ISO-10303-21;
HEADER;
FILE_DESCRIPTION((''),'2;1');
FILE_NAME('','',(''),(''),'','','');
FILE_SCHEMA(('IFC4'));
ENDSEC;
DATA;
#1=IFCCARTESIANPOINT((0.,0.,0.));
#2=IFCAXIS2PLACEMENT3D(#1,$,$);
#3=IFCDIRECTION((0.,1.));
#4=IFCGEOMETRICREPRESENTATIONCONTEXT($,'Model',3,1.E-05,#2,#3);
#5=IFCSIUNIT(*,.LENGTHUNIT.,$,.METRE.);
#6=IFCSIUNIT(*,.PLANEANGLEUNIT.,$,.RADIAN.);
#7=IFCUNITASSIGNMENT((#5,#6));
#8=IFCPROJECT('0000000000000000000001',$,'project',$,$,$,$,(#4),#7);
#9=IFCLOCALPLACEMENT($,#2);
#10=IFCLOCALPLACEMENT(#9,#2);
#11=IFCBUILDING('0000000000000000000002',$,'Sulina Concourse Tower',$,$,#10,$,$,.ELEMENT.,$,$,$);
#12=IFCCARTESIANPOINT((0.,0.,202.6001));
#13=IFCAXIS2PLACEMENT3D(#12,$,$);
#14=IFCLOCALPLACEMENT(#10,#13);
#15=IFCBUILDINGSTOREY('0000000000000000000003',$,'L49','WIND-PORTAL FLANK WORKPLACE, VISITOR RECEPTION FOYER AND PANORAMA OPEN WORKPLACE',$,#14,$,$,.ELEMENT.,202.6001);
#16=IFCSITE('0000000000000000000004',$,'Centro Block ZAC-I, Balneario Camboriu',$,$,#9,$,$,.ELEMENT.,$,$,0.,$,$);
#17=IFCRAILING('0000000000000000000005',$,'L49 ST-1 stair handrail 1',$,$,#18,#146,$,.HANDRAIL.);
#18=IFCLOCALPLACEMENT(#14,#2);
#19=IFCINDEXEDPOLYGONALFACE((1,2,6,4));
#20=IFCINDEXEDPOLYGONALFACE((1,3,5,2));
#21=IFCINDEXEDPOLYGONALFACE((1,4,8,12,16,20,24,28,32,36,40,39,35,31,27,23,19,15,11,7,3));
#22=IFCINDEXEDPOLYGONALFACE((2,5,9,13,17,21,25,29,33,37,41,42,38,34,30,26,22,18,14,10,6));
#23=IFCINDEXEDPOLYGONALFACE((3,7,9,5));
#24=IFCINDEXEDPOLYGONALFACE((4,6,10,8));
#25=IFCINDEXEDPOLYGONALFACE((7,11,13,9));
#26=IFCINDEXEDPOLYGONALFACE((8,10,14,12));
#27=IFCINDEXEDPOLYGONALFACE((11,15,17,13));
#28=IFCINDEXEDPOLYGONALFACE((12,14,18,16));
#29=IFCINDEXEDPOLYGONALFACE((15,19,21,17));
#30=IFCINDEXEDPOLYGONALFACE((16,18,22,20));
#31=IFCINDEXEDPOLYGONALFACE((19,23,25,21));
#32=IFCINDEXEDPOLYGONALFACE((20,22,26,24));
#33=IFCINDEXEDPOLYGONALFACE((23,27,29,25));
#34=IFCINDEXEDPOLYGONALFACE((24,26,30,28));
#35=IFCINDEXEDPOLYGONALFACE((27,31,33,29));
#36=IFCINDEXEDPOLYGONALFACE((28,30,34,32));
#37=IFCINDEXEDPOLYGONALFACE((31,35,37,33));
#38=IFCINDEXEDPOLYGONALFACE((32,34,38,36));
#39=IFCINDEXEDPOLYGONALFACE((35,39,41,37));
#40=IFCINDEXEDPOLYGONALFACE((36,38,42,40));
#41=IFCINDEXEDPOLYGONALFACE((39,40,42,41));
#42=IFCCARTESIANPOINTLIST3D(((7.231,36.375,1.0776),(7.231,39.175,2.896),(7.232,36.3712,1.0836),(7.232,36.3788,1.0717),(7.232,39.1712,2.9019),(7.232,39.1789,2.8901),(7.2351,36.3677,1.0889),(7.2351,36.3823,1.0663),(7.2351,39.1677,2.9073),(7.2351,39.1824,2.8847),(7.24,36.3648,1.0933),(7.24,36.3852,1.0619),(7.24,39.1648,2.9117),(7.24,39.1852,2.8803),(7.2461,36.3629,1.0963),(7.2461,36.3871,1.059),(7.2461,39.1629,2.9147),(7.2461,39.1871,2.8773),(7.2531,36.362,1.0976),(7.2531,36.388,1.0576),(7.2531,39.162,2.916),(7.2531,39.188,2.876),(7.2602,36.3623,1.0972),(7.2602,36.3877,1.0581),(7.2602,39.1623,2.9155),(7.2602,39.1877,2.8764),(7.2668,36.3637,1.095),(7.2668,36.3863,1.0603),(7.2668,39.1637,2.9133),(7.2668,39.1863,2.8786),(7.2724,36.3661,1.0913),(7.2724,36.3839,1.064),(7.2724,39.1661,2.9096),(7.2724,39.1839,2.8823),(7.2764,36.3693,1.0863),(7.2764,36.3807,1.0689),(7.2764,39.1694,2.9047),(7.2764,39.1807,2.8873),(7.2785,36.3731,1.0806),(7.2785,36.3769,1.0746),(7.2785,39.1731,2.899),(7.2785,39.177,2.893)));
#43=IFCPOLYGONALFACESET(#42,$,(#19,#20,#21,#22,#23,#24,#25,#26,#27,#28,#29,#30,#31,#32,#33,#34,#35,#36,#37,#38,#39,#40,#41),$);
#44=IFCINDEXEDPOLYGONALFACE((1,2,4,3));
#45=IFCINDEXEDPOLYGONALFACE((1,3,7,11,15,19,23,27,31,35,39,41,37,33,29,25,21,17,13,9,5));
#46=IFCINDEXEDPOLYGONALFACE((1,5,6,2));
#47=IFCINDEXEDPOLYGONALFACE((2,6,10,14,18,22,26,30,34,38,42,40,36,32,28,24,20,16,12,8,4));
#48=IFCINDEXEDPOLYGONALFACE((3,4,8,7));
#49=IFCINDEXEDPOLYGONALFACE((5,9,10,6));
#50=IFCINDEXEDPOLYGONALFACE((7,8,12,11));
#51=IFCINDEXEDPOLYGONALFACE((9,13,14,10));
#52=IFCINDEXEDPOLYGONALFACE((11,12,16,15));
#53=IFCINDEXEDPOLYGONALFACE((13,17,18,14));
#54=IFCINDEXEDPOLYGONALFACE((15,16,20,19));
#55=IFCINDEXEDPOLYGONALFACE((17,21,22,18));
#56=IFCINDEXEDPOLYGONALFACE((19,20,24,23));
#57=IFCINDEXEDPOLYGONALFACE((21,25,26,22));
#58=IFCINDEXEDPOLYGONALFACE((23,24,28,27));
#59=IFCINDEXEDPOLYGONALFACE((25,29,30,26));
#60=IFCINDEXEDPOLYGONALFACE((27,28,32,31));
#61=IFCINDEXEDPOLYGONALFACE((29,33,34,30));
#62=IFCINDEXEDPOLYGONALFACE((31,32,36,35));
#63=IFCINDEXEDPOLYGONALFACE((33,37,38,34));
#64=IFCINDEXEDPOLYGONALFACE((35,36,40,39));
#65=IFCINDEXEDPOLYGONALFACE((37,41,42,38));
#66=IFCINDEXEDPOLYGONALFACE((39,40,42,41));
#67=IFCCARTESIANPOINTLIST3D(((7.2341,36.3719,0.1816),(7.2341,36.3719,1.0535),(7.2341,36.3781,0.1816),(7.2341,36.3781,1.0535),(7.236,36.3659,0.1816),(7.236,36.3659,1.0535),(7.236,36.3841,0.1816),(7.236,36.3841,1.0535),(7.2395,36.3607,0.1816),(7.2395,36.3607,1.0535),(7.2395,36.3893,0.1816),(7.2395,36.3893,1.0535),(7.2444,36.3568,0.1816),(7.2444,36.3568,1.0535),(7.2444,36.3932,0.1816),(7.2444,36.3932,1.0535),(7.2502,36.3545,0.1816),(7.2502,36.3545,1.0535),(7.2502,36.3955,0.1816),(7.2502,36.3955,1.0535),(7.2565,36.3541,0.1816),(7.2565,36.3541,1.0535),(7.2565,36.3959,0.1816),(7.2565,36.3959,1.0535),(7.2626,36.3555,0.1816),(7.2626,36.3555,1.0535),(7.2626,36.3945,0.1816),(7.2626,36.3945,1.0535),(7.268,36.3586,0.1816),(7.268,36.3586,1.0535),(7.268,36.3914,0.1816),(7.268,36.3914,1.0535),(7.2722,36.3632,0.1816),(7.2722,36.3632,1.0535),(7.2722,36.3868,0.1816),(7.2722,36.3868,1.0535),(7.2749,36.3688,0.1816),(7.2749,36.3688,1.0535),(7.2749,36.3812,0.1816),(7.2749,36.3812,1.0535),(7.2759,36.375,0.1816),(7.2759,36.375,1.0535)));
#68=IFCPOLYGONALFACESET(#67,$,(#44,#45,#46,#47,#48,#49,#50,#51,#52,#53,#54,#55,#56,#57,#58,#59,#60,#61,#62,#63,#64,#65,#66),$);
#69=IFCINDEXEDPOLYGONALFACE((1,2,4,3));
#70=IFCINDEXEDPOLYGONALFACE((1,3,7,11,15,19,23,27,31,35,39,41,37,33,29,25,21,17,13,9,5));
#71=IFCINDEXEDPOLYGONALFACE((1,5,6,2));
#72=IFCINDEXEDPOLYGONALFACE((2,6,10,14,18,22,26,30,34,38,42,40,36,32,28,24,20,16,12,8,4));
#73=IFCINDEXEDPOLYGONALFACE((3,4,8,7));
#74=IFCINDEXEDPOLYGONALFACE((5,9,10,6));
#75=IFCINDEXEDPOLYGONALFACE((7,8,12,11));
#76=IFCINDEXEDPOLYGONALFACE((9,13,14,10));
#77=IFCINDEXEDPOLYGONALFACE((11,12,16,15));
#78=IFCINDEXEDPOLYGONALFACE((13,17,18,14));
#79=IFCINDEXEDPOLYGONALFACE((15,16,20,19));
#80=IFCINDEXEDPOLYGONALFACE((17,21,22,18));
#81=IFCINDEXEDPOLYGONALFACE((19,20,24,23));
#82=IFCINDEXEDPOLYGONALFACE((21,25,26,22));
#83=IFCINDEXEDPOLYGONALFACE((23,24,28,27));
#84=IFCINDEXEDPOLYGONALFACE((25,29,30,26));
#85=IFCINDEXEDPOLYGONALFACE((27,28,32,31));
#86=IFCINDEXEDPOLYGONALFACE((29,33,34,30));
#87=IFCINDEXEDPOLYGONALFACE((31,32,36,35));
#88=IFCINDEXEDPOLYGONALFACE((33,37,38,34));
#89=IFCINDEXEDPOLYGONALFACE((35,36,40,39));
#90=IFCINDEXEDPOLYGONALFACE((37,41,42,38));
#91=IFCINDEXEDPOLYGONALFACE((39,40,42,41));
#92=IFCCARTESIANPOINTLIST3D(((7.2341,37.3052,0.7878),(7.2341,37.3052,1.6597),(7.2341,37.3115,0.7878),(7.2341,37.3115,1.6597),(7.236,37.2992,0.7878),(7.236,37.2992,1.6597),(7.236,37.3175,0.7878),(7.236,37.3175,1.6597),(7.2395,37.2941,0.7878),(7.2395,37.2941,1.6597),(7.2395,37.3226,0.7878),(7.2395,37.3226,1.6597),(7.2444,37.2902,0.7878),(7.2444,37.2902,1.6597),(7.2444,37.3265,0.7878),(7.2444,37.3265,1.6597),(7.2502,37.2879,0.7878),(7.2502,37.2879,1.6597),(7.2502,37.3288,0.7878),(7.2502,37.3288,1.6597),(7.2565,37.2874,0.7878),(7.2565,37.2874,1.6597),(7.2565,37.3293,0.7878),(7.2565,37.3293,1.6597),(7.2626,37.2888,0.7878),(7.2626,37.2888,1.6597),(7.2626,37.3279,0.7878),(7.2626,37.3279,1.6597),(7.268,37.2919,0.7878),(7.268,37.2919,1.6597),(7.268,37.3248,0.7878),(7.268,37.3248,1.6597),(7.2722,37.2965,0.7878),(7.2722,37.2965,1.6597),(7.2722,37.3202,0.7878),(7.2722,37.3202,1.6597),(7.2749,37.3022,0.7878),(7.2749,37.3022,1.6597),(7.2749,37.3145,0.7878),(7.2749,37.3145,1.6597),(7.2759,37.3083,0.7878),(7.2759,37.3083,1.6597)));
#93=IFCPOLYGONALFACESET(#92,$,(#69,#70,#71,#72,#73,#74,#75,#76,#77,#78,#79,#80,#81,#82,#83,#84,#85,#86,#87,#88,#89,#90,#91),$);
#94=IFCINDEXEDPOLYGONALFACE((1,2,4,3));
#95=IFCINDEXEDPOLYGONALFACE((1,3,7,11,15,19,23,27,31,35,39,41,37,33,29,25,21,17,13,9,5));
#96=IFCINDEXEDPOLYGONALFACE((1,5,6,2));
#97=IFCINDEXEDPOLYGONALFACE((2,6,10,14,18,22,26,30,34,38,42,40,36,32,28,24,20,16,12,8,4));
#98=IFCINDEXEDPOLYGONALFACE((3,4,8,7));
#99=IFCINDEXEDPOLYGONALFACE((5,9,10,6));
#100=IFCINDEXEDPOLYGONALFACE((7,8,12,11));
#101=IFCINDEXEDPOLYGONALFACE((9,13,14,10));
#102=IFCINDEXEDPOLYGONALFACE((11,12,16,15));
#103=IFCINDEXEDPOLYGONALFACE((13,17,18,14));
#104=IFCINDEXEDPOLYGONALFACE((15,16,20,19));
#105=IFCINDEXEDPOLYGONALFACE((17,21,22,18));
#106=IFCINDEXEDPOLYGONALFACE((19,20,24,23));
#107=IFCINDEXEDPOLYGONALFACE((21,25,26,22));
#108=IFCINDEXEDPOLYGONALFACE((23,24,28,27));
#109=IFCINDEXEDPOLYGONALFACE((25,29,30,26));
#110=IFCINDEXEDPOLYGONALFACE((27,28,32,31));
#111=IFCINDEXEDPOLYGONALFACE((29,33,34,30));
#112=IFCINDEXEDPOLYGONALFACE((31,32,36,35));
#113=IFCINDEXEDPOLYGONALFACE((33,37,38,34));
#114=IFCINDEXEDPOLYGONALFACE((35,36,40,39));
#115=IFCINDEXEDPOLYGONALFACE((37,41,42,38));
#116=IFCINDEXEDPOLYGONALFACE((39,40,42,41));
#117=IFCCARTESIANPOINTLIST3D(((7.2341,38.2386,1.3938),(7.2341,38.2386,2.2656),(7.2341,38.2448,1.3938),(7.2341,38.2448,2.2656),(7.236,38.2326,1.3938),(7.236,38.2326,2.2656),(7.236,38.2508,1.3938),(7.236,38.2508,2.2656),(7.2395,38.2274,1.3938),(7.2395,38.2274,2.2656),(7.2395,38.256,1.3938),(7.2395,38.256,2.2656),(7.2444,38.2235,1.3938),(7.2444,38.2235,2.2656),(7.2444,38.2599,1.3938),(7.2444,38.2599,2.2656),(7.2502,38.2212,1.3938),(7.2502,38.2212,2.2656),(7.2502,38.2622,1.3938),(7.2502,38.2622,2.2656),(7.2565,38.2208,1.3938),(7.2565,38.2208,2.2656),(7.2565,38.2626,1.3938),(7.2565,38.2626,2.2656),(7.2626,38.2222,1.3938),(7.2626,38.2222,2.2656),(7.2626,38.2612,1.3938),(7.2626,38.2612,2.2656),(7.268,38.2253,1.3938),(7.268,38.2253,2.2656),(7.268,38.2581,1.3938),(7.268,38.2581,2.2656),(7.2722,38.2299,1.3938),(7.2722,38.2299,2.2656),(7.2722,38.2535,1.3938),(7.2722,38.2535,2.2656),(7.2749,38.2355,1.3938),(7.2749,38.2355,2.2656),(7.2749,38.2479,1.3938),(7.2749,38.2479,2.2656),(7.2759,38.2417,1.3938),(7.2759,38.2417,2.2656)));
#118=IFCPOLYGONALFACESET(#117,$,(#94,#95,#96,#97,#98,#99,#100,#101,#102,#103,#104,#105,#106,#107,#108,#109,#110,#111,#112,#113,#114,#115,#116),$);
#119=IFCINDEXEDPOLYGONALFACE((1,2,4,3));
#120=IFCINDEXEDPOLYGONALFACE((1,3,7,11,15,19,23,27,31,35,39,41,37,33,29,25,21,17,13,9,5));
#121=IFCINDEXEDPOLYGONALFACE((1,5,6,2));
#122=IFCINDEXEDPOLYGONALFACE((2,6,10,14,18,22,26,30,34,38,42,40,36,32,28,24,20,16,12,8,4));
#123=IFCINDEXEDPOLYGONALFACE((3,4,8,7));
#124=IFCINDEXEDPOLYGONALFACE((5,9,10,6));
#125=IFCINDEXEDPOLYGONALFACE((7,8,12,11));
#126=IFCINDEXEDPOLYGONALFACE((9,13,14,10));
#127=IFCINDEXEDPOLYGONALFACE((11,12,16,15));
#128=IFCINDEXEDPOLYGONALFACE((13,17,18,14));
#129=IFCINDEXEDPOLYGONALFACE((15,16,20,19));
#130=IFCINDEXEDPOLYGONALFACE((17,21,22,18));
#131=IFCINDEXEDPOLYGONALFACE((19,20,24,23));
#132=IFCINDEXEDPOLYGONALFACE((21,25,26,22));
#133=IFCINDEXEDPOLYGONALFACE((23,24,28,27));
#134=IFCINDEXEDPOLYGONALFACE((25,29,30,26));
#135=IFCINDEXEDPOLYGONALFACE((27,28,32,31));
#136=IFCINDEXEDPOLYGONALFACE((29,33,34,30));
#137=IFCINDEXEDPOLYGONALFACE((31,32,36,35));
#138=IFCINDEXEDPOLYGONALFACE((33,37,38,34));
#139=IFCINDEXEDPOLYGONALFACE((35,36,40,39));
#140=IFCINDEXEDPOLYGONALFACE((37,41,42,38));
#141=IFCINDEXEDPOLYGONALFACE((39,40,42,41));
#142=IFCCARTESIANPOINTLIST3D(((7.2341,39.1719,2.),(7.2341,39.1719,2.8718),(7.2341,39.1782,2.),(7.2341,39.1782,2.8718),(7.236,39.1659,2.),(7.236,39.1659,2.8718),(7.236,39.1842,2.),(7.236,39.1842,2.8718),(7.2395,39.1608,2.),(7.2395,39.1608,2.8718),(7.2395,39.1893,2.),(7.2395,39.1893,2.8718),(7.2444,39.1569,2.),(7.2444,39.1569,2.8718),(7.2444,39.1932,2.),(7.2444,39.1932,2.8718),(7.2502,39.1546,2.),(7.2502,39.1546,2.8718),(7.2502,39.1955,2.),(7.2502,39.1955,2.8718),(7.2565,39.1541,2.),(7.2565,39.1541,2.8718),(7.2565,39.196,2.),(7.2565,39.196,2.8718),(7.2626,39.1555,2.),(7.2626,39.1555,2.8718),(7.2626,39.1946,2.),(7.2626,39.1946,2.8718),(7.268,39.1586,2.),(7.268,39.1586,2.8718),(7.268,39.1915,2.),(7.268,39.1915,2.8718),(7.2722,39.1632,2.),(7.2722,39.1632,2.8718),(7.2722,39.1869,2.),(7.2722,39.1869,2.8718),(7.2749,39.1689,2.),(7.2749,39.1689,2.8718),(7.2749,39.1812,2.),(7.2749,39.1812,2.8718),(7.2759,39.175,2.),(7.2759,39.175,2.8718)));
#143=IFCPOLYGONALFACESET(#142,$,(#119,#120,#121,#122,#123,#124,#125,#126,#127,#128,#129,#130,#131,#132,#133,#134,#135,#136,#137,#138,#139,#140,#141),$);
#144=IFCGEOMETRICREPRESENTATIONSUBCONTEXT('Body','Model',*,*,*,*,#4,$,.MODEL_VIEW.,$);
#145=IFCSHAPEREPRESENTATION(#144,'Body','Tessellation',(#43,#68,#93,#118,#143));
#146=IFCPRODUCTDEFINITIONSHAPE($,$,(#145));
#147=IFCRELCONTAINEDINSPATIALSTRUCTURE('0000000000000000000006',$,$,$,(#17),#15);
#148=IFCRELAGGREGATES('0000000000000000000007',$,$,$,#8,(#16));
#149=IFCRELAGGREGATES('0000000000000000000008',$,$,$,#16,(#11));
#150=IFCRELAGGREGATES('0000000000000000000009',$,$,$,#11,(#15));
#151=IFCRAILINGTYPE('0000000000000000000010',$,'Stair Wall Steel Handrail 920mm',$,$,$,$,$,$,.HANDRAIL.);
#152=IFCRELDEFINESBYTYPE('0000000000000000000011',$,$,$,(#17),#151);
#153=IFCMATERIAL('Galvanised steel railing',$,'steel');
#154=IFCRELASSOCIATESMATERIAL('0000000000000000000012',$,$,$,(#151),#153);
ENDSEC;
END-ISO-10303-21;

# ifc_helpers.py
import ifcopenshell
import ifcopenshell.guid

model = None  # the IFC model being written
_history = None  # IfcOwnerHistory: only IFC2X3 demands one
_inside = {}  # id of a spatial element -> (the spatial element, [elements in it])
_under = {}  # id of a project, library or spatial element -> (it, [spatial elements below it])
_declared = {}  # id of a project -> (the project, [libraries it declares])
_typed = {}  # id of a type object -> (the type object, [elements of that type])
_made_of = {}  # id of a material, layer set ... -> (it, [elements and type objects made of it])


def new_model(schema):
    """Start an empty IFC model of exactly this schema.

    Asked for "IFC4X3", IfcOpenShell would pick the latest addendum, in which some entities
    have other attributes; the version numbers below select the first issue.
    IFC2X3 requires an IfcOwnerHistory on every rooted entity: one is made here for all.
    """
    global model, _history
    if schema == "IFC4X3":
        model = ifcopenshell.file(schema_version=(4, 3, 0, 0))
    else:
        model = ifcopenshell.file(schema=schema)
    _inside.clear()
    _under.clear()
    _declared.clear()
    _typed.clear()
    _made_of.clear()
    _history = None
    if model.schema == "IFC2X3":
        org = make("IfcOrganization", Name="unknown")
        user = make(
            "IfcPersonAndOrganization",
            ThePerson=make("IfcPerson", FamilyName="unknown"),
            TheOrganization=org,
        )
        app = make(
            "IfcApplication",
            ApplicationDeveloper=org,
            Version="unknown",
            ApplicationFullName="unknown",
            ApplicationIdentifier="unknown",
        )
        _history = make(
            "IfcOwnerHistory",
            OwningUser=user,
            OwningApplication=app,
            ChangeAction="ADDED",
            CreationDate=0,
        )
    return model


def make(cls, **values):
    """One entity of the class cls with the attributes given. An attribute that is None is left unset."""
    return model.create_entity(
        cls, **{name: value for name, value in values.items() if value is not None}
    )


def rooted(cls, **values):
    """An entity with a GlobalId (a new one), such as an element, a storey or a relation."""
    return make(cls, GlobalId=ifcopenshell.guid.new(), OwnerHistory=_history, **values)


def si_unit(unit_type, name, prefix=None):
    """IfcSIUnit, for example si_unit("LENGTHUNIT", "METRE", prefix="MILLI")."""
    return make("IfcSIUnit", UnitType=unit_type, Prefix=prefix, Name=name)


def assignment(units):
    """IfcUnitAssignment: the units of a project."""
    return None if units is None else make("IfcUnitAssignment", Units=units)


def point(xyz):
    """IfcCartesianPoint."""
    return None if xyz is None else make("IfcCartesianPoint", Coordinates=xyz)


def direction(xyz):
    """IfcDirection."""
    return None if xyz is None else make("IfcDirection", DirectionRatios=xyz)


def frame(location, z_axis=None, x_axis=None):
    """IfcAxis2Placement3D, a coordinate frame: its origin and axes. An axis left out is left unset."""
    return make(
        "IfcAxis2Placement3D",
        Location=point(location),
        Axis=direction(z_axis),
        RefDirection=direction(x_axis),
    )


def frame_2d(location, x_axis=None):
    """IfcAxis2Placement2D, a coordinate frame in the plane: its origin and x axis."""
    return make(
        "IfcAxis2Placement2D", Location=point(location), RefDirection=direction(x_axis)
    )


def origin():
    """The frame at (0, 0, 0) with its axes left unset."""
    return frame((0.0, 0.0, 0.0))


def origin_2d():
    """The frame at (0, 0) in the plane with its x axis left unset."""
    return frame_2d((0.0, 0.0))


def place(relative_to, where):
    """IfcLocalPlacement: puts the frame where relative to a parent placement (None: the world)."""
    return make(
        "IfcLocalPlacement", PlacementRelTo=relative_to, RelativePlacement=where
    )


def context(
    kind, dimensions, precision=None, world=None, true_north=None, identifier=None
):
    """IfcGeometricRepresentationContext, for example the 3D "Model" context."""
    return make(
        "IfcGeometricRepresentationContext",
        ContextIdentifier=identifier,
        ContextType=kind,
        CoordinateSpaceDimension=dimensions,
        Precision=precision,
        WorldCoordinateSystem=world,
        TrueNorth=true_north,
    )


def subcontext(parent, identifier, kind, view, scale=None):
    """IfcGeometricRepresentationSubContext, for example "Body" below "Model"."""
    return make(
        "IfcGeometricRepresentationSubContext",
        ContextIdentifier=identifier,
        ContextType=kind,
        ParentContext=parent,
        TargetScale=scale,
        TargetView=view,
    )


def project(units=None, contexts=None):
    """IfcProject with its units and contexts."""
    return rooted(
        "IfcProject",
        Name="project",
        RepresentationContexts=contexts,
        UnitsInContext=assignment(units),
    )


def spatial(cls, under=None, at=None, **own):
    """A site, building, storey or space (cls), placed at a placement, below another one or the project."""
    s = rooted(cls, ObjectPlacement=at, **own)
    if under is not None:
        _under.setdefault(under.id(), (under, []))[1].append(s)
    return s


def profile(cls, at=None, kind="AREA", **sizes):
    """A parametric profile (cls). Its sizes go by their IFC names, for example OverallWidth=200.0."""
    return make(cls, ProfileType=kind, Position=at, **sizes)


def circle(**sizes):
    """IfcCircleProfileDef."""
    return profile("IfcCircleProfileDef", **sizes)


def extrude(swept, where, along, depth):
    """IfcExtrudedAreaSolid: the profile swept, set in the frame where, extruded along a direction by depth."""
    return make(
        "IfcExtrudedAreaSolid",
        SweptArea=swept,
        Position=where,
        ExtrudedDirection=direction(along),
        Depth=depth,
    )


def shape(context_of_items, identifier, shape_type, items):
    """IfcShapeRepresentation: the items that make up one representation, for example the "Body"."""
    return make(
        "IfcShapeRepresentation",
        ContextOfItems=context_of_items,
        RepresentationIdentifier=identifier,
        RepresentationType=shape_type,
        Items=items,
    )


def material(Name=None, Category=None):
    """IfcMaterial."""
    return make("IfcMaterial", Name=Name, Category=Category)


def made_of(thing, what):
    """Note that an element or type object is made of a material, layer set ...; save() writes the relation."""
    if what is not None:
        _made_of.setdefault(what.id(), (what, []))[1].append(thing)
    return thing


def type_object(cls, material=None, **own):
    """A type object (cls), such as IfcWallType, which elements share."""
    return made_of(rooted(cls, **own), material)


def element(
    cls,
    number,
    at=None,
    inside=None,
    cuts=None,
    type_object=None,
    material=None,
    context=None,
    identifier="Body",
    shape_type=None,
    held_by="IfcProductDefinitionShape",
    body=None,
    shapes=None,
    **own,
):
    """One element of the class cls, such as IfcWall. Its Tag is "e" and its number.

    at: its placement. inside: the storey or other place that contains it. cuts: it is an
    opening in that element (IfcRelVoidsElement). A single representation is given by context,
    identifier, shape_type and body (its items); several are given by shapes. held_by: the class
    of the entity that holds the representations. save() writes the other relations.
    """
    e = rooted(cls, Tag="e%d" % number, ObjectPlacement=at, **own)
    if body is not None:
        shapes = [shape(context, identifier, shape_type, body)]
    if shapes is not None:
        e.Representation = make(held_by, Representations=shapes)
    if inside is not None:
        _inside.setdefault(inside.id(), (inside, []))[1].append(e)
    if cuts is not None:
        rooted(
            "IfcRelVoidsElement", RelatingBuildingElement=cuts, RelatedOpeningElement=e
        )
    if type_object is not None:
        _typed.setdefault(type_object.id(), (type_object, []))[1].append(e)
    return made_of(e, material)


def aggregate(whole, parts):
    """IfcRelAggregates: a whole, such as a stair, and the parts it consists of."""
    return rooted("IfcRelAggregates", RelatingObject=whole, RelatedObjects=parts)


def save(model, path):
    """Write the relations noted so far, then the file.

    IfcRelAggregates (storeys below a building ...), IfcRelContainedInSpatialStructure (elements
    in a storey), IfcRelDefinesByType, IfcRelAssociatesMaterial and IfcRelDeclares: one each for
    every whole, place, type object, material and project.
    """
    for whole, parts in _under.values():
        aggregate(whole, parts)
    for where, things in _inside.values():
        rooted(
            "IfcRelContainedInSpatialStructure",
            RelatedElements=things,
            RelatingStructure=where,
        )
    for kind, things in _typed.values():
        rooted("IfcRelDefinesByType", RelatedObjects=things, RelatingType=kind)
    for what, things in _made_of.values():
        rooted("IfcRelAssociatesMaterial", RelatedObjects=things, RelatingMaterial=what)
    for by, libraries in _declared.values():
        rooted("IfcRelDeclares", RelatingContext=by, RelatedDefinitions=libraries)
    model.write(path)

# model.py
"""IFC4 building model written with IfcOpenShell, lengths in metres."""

from ifc_helpers import new_model, si_unit, direction, frame, origin, origin_2d, place, context, subcontext, project, spatial, circle, extrude, material, type_object, element, save


model = new_model("IFC4")

# Units and contexts
model_context = context("Model", 3, precision=1e-05, world=origin(), true_north=direction((0.0, 1.0)))
body_context = subcontext(model_context, "Body", "Model", "MODEL_VIEW")
ifc_project = project(units=[si_unit("LENGTHUNIT", "METRE"), si_unit("PLANEANGLEUNIT", "RADIAN")], contexts=[model_context])

# Site, building, storey
site_placement = place(None, origin())
site = spatial("IfcSite", under=ifc_project, at=site_placement, Name="Centro Block ZAC-I, Balneario Camboriu", CompositionType="ELEMENT", RefElevation=0.0)
building_placement = place(site_placement, origin())
building = spatial("IfcBuilding", under=site, at=building_placement, Name="Sulina Concourse Tower", CompositionType="ELEMENT")
storey_placement = place(building_placement, frame((0.0, 0.0, 202.6001)))
storey = spatial("IfcBuildingStorey", under=building, at=storey_placement, Name="L49", Description="WIND-PORTAL FLANK WORKPLACE, VISITOR RECEPTION FOYER AND PANORAMA OPEN WORKPLACE", CompositionType="ELEMENT", Elevation=202.6001)

# Railing
ifc_material_1 = material(Name="Galvanised steel railing", Category="steel")
railing_type_1 = type_object("IfcRailingType", Name="Stair Wall Steel Handrail 920mm", PredefinedType="HANDRAIL", material=ifc_material_1)
railing_1_placement = place(storey_placement, frame((7.2549, 36.375, 0.1816)))
element("IfcRailing", 1, at=railing_1_placement, inside=storey, type_object=railing_type_1, Name="L49 ST-1 stair handrail 1", PredefinedType="HANDRAIL", context=body_context, shape_type="SweptSolid", body=[
    extrude(circle(Radius=0.0239, at=origin_2d()), frame((0.0, 0.0, 0.896), z_axis=(0.0, 0.838672, 0.544636), x_axis=(-1.0, 0.0, 0.0)), (0.0, 0.0, 1.0), 3.3386),
    extrude(circle(Radius=0.021, at=origin_2d()), origin(), (0.0, 0.0, 1.0), 0.8718),
    extrude(circle(Radius=0.021, at=origin_2d()), frame((0.0, 0.9333, 0.6062)), (0.0, 0.0, 1.0), 0.8718),
    extrude(circle(Radius=0.021, at=origin_2d()), frame((0.0, 1.8667, 1.2122)), (0.0, 0.0, 1.0), 0.8718),
    extrude(circle(Radius=0.021, at=origin_2d()), frame((0.0, 2.8, 1.8184)), (0.0, 0.0, 1.0), 0.8718),
])

save(model, "model.ifc")
